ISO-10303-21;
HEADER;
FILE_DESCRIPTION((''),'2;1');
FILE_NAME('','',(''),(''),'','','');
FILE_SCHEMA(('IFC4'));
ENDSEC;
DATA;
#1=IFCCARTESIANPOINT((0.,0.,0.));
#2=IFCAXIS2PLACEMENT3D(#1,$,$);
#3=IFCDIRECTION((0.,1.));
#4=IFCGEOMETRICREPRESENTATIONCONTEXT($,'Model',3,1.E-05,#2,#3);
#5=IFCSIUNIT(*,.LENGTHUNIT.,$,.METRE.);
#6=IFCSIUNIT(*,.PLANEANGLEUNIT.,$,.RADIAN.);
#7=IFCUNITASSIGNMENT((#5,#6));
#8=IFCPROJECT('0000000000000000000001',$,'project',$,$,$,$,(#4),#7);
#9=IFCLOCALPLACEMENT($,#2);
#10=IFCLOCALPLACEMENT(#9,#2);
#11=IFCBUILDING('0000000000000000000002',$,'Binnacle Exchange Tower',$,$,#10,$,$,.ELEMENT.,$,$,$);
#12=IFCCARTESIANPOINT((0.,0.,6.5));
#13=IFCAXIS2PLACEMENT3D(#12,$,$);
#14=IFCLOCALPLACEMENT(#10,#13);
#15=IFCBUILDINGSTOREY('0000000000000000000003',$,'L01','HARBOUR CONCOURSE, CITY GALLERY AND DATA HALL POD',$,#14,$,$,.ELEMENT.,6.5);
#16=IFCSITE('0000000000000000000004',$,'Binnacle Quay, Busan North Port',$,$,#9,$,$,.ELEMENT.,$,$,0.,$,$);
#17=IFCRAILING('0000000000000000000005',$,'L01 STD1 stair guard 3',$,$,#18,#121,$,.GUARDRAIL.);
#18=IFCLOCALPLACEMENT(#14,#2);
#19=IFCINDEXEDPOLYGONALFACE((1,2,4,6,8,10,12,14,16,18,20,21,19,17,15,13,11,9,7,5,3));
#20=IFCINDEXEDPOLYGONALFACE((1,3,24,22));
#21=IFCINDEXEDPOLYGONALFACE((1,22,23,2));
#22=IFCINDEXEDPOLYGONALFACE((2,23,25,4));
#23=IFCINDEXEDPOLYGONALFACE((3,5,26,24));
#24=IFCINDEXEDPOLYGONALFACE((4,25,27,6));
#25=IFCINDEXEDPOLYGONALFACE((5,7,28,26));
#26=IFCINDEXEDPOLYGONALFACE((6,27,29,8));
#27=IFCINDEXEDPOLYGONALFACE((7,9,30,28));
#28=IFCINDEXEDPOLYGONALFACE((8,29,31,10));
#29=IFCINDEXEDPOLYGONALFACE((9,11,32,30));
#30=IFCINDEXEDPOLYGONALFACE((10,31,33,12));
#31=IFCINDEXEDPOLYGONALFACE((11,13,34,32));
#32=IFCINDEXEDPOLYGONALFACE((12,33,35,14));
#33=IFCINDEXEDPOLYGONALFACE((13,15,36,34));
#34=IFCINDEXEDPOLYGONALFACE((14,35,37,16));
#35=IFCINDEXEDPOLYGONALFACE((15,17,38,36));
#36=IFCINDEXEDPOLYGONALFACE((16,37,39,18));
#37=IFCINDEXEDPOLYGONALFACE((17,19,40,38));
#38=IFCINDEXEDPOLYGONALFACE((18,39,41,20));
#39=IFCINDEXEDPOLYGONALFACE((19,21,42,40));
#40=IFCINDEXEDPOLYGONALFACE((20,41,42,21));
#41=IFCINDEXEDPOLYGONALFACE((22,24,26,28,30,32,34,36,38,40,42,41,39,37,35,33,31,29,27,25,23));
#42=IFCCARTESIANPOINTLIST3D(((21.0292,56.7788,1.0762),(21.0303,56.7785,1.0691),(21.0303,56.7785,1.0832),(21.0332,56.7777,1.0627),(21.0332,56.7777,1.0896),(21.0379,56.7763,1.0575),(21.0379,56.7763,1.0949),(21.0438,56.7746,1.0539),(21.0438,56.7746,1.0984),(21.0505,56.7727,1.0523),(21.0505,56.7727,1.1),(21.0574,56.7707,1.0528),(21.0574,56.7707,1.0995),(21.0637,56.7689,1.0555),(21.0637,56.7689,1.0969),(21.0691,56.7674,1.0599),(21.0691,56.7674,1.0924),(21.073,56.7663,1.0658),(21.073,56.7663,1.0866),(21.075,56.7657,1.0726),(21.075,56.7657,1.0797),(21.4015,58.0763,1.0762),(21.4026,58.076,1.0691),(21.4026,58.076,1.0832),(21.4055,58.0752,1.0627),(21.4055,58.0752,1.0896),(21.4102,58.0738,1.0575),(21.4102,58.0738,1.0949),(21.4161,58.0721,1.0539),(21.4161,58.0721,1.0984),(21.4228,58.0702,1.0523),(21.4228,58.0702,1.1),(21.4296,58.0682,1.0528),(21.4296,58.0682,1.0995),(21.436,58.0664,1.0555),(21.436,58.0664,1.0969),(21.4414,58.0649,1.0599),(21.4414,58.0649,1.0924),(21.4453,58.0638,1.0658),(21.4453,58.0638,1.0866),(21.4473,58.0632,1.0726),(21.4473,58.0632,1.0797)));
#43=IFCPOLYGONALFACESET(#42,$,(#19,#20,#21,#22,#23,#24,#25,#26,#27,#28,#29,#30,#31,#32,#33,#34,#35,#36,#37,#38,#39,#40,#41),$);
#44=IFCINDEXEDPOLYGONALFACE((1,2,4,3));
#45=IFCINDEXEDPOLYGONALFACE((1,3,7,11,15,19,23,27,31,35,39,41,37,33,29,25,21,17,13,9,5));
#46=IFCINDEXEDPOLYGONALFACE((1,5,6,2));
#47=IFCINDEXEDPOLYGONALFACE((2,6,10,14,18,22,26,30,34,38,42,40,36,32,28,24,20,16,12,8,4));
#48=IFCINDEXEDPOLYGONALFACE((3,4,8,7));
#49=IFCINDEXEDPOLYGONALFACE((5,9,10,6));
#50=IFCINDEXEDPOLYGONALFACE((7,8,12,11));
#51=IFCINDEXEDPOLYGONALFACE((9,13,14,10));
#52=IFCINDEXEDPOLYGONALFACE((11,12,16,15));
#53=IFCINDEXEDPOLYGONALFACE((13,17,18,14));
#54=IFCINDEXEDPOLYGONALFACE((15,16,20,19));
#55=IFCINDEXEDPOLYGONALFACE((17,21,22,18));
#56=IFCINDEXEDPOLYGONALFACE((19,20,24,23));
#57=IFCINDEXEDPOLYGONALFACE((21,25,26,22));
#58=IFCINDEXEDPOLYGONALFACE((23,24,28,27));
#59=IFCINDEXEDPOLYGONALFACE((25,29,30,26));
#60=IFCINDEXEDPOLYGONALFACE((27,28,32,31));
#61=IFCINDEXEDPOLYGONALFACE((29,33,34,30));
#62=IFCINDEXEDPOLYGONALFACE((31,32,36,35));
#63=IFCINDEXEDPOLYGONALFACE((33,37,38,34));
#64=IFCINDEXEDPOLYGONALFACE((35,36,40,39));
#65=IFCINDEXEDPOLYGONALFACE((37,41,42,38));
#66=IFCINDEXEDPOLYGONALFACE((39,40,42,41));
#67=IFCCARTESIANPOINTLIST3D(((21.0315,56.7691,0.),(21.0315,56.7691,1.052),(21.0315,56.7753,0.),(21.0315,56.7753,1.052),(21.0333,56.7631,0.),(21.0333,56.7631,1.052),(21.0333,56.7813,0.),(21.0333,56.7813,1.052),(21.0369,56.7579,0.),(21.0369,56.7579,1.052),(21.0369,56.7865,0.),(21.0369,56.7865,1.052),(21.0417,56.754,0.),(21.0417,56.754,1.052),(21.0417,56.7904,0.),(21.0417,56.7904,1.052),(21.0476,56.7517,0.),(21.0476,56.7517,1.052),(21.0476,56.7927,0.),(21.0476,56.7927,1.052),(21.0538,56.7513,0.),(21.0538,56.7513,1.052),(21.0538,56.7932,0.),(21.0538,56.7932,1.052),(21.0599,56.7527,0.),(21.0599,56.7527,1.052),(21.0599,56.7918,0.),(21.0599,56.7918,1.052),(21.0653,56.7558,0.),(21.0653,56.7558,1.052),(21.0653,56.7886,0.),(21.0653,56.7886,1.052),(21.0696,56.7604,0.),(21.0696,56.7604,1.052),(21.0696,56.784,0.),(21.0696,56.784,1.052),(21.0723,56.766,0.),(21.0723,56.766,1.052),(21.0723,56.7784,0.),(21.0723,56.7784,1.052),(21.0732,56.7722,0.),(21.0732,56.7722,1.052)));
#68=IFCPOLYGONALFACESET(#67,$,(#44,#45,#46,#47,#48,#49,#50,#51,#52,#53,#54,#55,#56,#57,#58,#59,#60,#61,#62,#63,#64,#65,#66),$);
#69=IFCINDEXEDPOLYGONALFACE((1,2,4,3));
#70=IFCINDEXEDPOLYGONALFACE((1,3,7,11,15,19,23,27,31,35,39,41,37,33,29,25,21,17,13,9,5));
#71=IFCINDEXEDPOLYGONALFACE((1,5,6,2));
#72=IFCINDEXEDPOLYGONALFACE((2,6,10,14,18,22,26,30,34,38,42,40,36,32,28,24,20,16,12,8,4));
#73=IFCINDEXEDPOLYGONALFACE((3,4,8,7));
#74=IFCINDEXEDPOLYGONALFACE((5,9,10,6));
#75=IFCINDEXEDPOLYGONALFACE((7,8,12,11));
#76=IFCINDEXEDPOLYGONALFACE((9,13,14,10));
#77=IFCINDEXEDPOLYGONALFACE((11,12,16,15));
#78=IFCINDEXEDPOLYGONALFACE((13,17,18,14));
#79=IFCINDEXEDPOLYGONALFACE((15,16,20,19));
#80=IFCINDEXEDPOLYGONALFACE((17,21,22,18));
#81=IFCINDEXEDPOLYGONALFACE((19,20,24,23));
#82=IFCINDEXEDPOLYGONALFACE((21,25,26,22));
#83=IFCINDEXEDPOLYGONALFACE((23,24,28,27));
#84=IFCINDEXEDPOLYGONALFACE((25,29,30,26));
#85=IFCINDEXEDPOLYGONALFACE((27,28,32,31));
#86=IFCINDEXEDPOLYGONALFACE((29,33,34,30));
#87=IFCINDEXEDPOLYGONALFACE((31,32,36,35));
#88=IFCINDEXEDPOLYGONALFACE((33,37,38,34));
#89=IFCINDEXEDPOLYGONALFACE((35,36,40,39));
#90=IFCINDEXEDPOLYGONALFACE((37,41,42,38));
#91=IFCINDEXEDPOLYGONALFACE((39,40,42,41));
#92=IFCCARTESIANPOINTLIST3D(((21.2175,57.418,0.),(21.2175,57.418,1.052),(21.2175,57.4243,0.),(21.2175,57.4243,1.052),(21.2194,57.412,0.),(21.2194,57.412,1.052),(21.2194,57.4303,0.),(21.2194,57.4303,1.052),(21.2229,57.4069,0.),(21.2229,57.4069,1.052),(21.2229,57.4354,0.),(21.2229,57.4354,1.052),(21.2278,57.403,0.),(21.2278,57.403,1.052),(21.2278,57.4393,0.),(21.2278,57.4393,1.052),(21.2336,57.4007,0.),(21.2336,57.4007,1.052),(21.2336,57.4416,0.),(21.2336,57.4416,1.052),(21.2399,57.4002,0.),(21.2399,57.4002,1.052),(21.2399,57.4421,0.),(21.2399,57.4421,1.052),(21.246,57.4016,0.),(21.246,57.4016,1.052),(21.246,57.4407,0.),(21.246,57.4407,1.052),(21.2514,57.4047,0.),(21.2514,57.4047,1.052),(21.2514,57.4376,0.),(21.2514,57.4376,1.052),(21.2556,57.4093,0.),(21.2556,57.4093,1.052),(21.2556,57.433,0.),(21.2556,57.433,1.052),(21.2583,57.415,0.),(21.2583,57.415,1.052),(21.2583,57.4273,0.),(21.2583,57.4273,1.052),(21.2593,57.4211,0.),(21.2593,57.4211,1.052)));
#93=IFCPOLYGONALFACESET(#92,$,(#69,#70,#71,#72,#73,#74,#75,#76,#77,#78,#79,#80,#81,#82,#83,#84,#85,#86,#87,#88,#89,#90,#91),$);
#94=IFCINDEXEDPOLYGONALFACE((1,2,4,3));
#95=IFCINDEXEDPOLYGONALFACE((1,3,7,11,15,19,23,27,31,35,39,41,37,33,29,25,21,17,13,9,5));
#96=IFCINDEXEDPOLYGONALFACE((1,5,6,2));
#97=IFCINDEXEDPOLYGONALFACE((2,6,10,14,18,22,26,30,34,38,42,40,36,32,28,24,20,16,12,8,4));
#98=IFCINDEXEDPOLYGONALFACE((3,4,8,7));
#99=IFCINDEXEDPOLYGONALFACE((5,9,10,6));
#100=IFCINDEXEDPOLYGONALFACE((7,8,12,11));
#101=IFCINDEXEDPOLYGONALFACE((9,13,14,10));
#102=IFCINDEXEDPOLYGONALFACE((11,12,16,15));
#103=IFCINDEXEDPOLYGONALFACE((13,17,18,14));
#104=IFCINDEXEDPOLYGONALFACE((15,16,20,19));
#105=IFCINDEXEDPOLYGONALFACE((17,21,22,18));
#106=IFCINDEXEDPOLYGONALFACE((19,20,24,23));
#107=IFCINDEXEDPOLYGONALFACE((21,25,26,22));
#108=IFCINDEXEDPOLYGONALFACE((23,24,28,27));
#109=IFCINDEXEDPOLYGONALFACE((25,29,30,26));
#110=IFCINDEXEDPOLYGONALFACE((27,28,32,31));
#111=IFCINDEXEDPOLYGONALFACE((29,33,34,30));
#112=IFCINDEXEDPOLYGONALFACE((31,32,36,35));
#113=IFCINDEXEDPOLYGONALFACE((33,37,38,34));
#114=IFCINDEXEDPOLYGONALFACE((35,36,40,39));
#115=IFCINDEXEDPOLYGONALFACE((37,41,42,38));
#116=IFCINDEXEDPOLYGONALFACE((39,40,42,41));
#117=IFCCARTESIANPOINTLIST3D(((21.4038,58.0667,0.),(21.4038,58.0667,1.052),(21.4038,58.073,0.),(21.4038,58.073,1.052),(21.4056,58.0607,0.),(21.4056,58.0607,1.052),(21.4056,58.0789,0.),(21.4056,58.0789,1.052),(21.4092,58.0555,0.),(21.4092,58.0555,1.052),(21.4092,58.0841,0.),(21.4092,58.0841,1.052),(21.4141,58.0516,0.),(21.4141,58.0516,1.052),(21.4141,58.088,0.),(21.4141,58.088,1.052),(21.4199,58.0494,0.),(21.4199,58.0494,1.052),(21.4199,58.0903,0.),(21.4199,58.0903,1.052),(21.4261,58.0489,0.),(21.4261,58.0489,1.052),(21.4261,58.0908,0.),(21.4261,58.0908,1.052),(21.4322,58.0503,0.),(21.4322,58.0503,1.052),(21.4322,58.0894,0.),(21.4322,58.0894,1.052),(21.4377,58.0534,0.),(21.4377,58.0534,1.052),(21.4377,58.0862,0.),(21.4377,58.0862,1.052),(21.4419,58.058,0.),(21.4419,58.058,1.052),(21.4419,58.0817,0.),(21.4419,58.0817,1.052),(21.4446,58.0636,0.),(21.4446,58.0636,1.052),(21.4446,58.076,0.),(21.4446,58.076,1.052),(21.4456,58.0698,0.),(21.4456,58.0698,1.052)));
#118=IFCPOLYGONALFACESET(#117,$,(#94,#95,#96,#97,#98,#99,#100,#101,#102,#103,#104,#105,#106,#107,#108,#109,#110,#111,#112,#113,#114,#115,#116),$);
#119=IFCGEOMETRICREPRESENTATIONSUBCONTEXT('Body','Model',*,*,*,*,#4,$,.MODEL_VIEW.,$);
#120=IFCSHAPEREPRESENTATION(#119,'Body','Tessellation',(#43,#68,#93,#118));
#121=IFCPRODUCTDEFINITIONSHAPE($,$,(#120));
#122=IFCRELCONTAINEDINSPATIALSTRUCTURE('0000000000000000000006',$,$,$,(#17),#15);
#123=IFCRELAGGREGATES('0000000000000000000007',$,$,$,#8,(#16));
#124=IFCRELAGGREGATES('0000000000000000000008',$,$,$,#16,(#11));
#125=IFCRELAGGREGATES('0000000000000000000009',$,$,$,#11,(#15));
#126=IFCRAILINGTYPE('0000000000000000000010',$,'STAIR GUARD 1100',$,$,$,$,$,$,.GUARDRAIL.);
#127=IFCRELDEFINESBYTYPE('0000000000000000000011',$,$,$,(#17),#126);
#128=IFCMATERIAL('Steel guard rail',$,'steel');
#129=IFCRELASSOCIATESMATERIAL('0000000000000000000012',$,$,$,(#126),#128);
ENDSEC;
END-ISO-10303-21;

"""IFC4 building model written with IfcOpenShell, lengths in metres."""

from ifc_helpers import new_model, si_unit, direction, frame, origin, origin_2d, place, context, subcontext, project, spatial, circle, extrude, material, type_object, element, save


model = new_model("IFC4")

# Units and contexts
model_context = context("Model", 3, precision=1e-05, world=origin(), true_north=direction((0.0, 1.0)))
body_context = subcontext(model_context, "Body", "Model", "MODEL_VIEW")
ifc_project = project(units=[si_unit("LENGTHUNIT", "METRE"), si_unit("PLANEANGLEUNIT", "RADIAN")], contexts=[model_context])

# Site, building, storey
site_placement = place(None, origin())
site = spatial("IfcSite", under=ifc_project, at=site_placement, Name="Binnacle Quay, Busan North Port", CompositionType="ELEMENT", RefElevation=0.0)
building_placement = place(site_placement, origin())
building = spatial("IfcBuilding", under=site, at=building_placement, Name="Binnacle Exchange Tower", CompositionType="ELEMENT")
storey_placement = place(building_placement, frame((0.0, 0.0, 6.5)))
storey = spatial("IfcBuildingStorey", under=building, at=storey_placement, Name="L01", Description="HARBOUR CONCOURSE, CITY GALLERY AND DATA HALL POD", CompositionType="ELEMENT", Elevation=6.5)

# Railing
ifc_material_1 = material(Name="Steel guard rail", Category="steel")
railing_type = type_object("IfcRailingType", Name="STAIR GUARD 1100", PredefinedType="GUARDRAIL", material=ifc_material_1)
railing_1_placement = place(storey_placement, frame((21.0522, 56.7722, 0.0)))
element("IfcRailing", 1, at=railing_1_placement, inside=storey, type_object=railing_type, Name="L01 STD1 stair guard 3", PredefinedType="GUARDRAIL", context=body_context, shape_type="SweptSolid", body=[
    extrude(circle(Radius=0.0239, at=origin_2d()), frame((0.0, 0.0, 1.0762), z_axis=(0.275796, 0.961216, 0.0), x_axis=(-0.961216, 0.275796, 0.0)), (0.0, 0.0, 1.0), 1.3499),
    extrude(circle(Radius=0.021, at=origin_2d()), origin(), (0.0, 0.0, 1.0), 1.052),
    extrude(circle(Radius=0.021, at=origin_2d()), frame((0.186, 0.6489, 0.0)), (0.0, 0.0, 1.0), 1.052),
    extrude(circle(Radius=0.021, at=origin_2d()), frame((0.3723, 1.2976, 0.0)), (0.0, 0.0, 1.0), 1.052),
])

save(model, "model.ifc")
